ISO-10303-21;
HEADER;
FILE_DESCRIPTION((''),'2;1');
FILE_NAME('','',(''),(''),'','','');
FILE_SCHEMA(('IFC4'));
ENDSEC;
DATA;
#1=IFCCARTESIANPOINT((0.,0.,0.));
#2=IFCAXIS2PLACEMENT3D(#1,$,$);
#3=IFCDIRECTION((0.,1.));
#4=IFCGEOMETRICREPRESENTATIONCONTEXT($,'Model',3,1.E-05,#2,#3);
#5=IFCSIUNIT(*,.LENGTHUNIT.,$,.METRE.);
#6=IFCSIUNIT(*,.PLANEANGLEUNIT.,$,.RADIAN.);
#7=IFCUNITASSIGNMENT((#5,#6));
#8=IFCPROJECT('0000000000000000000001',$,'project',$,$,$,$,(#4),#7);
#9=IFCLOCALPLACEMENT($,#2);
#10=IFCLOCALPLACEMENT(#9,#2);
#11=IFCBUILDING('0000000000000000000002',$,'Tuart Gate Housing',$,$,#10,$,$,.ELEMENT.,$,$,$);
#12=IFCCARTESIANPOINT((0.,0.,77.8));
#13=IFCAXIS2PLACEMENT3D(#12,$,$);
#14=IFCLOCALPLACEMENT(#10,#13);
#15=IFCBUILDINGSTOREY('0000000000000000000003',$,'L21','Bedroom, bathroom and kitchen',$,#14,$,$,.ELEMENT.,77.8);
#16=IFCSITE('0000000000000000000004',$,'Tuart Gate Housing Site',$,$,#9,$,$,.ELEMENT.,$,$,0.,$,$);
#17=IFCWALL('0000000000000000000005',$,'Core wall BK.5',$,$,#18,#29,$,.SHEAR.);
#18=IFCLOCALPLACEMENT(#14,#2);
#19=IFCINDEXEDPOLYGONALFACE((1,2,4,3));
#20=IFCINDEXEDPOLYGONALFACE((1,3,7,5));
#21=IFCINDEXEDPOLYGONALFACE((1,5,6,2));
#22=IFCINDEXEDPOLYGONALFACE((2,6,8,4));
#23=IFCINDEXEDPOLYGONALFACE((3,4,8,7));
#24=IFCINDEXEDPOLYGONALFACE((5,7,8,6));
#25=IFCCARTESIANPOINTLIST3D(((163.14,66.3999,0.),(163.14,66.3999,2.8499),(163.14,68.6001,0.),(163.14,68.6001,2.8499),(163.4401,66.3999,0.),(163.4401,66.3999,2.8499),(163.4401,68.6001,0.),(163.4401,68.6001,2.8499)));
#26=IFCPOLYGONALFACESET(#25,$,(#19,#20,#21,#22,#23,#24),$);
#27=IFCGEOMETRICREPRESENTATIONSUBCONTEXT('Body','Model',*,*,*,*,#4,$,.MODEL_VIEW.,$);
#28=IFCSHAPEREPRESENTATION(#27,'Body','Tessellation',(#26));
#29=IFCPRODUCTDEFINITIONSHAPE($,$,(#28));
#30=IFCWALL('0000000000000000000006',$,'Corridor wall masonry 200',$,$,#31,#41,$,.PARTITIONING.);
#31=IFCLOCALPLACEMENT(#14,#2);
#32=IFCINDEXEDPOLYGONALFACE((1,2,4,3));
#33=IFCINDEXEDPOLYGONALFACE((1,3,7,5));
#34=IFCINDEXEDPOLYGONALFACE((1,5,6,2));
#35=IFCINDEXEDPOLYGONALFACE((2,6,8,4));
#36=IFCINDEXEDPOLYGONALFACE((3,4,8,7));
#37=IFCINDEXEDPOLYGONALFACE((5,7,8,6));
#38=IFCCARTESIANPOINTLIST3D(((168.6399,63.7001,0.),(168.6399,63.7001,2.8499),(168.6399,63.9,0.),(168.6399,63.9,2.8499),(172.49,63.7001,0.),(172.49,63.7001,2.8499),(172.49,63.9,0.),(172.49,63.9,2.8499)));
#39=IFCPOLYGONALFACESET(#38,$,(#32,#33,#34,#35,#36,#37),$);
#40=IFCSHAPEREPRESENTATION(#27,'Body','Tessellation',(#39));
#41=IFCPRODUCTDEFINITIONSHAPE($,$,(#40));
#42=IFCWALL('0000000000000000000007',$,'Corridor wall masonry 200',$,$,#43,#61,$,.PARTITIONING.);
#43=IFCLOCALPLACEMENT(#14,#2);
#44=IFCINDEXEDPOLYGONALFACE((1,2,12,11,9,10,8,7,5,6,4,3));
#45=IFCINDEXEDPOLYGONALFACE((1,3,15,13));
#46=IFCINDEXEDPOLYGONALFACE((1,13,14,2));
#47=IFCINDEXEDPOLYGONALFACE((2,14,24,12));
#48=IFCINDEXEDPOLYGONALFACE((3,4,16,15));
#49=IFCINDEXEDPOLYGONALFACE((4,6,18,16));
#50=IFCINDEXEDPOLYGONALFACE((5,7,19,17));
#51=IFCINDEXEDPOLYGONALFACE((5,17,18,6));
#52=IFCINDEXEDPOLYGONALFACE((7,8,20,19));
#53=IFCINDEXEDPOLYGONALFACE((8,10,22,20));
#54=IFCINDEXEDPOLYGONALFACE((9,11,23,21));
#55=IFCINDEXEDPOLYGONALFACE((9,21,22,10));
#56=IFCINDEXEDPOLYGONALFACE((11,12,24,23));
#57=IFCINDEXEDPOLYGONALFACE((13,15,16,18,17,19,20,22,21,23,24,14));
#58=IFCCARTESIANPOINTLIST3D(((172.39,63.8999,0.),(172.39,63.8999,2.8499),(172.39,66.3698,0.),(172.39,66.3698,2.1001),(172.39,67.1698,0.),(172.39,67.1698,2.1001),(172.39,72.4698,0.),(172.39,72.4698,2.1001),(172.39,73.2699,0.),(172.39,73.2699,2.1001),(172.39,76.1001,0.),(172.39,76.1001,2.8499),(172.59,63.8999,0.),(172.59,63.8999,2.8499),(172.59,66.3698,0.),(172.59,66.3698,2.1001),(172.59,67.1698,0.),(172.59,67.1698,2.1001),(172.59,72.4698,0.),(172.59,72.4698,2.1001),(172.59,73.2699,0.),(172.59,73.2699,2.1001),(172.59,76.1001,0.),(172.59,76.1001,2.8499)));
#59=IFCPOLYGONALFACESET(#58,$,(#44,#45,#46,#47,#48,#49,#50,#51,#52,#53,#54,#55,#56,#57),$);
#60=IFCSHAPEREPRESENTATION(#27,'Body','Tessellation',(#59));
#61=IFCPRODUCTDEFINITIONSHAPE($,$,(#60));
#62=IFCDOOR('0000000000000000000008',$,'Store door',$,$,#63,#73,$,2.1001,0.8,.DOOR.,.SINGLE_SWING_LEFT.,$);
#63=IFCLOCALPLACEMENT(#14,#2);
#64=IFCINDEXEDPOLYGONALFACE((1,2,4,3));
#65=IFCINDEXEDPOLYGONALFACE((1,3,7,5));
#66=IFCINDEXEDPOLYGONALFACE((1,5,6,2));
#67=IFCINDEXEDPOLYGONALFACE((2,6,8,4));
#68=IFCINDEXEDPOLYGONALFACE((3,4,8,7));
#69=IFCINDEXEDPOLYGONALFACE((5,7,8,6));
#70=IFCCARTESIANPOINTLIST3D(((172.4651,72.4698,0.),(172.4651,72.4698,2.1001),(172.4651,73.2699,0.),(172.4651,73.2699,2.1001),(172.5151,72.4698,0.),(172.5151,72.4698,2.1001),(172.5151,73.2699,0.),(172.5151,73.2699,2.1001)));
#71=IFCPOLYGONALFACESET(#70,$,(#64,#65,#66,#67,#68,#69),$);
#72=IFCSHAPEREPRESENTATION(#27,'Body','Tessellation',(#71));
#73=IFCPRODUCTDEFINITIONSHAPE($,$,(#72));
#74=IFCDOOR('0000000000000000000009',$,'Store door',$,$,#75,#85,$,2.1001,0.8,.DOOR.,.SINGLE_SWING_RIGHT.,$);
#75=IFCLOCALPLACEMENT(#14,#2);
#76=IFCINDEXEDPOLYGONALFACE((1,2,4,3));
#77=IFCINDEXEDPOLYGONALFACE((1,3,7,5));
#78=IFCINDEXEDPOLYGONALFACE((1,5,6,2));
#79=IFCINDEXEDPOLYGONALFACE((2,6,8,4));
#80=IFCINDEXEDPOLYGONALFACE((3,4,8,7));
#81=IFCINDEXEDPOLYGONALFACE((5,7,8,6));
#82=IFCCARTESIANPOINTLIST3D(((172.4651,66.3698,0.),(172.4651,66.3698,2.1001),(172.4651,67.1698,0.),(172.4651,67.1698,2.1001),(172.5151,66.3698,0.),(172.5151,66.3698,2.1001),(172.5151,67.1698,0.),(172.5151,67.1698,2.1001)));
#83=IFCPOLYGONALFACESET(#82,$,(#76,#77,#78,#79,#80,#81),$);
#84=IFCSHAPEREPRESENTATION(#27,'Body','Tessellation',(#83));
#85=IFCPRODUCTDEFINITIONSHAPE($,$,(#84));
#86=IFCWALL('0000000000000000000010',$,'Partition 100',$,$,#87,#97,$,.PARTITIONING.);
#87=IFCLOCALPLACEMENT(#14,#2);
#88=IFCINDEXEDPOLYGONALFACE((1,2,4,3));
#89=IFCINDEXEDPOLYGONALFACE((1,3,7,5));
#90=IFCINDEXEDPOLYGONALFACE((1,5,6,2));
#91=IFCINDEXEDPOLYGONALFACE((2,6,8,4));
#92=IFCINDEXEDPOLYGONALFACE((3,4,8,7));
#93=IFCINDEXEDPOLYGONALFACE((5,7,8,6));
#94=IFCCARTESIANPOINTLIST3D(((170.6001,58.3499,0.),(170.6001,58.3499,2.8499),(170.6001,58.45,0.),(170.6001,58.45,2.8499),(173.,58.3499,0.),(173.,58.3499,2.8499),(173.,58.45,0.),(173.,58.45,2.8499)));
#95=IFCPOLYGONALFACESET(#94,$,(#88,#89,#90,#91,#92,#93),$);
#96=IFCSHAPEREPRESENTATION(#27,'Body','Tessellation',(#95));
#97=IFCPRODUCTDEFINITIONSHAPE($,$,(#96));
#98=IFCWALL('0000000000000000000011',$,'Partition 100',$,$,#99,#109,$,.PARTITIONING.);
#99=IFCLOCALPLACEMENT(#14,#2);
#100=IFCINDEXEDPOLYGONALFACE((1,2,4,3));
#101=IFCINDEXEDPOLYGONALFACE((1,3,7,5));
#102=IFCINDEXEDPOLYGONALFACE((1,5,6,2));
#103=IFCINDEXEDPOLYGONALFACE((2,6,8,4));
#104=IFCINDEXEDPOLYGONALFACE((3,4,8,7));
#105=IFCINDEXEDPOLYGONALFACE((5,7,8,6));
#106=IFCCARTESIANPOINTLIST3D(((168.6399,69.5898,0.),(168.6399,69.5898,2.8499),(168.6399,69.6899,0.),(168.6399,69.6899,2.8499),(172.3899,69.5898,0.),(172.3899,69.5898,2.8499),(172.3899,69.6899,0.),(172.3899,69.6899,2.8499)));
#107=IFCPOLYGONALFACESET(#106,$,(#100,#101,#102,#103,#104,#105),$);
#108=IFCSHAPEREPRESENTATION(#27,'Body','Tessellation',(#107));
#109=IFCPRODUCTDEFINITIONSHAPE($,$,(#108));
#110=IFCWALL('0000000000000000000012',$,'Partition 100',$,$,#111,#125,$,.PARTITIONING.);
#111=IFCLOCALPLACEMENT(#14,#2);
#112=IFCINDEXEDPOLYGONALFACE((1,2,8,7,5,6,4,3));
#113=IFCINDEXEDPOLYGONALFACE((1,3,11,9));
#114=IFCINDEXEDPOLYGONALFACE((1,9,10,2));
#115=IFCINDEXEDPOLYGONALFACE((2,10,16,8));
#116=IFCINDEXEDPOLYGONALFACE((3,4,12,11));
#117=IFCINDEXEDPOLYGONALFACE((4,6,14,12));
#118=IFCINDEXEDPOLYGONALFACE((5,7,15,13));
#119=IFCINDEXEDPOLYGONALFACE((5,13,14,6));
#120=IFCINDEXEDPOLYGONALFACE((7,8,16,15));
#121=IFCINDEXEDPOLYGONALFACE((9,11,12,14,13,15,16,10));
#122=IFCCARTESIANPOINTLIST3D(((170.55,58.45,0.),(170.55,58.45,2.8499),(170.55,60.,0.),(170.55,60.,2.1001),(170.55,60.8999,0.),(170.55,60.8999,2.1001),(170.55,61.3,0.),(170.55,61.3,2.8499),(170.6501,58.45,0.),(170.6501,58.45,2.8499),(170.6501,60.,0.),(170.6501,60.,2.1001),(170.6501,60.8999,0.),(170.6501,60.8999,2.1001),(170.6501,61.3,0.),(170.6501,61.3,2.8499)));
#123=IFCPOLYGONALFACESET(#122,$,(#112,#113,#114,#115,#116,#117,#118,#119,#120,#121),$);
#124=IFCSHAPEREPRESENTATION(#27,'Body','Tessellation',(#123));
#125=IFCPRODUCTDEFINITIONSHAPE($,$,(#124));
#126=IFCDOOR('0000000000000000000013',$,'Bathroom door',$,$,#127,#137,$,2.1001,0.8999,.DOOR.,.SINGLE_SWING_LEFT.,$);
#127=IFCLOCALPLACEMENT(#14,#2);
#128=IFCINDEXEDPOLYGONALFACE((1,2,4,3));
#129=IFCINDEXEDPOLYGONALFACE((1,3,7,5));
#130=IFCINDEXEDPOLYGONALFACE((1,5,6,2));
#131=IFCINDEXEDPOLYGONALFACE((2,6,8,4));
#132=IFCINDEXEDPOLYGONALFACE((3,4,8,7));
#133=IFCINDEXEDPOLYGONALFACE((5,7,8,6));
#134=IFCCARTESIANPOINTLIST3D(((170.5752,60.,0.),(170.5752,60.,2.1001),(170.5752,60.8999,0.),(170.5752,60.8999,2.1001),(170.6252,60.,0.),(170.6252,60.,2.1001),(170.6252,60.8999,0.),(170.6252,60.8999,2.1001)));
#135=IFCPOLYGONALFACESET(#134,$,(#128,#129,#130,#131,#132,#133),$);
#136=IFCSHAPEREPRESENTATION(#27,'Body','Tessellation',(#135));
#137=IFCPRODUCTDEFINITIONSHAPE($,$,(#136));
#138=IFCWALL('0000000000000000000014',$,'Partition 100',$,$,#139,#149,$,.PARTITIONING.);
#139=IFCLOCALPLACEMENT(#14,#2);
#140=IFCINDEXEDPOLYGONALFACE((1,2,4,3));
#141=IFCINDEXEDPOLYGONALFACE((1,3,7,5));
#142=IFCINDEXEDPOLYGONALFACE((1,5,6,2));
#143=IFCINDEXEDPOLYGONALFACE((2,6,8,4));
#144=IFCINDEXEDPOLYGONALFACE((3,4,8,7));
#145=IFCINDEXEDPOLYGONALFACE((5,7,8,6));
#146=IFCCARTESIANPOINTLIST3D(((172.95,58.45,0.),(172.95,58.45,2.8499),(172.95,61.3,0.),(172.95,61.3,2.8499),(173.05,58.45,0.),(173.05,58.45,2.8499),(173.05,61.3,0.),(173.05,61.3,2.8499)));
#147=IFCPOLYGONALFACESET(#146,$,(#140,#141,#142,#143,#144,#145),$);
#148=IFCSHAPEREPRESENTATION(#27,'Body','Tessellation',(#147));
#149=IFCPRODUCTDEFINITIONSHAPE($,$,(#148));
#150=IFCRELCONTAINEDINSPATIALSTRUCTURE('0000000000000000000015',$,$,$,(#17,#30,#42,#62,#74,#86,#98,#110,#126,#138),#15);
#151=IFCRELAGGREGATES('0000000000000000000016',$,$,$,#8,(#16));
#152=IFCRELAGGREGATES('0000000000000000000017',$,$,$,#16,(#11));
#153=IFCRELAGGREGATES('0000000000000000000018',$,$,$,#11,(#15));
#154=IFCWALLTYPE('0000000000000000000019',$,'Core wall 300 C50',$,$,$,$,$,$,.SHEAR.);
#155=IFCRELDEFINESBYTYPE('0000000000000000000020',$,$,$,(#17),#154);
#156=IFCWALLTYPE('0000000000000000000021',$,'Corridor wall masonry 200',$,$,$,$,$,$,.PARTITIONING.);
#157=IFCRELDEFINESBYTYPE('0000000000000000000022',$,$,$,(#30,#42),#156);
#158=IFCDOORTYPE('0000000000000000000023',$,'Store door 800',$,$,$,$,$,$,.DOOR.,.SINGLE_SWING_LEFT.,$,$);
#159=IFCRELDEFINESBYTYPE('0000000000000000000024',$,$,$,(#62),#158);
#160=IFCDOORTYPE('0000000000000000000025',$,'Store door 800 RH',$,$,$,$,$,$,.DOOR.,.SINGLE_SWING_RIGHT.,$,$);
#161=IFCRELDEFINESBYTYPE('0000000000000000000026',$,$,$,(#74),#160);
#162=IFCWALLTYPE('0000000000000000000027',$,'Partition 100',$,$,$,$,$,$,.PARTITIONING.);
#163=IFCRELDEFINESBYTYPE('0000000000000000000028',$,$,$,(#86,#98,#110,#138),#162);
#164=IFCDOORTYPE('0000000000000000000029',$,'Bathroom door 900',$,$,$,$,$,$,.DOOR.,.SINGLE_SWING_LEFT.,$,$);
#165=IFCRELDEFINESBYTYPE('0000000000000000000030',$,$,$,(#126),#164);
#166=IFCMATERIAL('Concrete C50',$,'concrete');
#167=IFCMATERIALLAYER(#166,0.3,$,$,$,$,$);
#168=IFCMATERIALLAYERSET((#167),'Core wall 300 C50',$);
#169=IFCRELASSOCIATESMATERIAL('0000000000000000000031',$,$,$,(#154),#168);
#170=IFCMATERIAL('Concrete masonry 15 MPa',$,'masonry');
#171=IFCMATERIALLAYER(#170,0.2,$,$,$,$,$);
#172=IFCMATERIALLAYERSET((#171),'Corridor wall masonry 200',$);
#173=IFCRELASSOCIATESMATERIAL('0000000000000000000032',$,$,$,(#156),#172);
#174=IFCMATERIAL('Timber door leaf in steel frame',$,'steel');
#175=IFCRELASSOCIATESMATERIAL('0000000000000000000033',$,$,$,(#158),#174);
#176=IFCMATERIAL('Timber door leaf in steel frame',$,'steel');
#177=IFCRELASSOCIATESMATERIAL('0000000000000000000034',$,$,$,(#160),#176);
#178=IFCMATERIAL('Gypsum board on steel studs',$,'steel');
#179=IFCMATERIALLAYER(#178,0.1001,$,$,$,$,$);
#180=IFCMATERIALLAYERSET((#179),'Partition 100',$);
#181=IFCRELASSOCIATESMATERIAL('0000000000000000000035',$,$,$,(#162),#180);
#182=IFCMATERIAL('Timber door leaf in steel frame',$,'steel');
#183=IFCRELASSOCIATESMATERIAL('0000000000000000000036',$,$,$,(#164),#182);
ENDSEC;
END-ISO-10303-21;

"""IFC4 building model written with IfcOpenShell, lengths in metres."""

from ifc_helpers import new_model, si_unit, direction, frame, frame_2d, origin, place, context, subcontext, project, spatial, rectangle, extrude, material, layer, layer_set, type_object, element, fill, save


model = new_model("IFC4")

# Units and contexts
model_context = context("Model", 3, precision=1e-05, world=origin(), true_north=direction((0.0, 1.0)))
body_context = subcontext(model_context, "Body", "Model", "MODEL_VIEW")
ifc_project = project(units=[si_unit("LENGTHUNIT", "METRE"), si_unit("PLANEANGLEUNIT", "RADIAN")], contexts=[model_context])

# Site, building, storey
site_placement = place(None, origin())
site = spatial("IfcSite", under=ifc_project, at=site_placement, Name="Tuart Gate Housing Site", CompositionType="ELEMENT", RefElevation=0.0)
building_placement = place(site_placement, origin())
building = spatial("IfcBuilding", under=site, at=building_placement, Name="Tuart Gate Housing", CompositionType="ELEMENT")
storey_placement = place(building_placement, frame((0.0, 0.0, 77.8)))
storey = spatial("IfcBuildingStorey", under=building, at=storey_placement, Name="L21", Description="Bedroom, bathroom and kitchen", CompositionType="ELEMENT", Elevation=77.8)

# Walls
ifc_material_1 = material(Name="Concrete C50", Category="concrete")
ifc_layer_1 = layer(ifc_material_1, 0.3)
ifc_layer_set_1 = layer_set([ifc_layer_1], Name="Core wall 300 C50")
wall_type_1 = type_object("IfcWallType", Name="Core wall 300 C50", PredefinedType="SHEAR", material=ifc_layer_set_1)
wall_1_placement = place(storey_placement, frame((163.29, 68.6001, 0.0), z_axis=(0.0, 0.0, 1.0), x_axis=(0.0, -1.0, 0.0)))
element("IfcWall", 1, at=wall_1_placement, inside=storey, type_object=wall_type_1, Name="Core wall BK.5", PredefinedType="SHEAR", context=body_context, shape_type="SweptSolid", body=[
    extrude(rectangle(XDim=2.2002, YDim=0.3, at=frame_2d((1.1001, 0.0))), origin(), (0.0, 0.0, 1.0), 2.8499),
])
ifc_material_2 = material(Name="Concrete masonry 15 MPa", Category="masonry")
ifc_layer_2 = layer(ifc_material_2, 0.2)
ifc_layer_set_2 = layer_set([ifc_layer_2], Name="Corridor wall masonry 200")
wall_type_2 = type_object("IfcWallType", Name="Corridor wall masonry 200", PredefinedType="PARTITIONING", material=ifc_layer_set_2)
wall_2_placement = place(storey_placement, frame((168.6399, 63.8, 0.0), z_axis=(0.0, 0.0, 1.0), x_axis=(1.0, 0.0, 0.0)))
element("IfcWall", 2, at=wall_2_placement, inside=storey, type_object=wall_type_2, Name="Corridor wall masonry 200", PredefinedType="PARTITIONING", context=body_context, shape_type="SweptSolid", body=[
    extrude(rectangle(XDim=3.8501, YDim=0.2, at=frame_2d((1.925, 0.0))), origin(), (0.0, 0.0, 1.0), 2.8499),
])

# Wall, openings, doors
wall_3_placement = place(storey_placement, frame((172.49, 63.8999, 0.0), z_axis=(0.0, 0.0, 1.0), x_axis=(0.0, 1.0, 0.0)))
wall_3 = element("IfcWall", 3, at=wall_3_placement, inside=storey, type_object=wall_type_2, Name="Corridor wall masonry 200", PredefinedType="PARTITIONING", context=body_context, shape_type="SweptSolid", body=[
    extrude(rectangle(XDim=12.2002, YDim=0.2, at=frame_2d((6.1001, 0.0))), origin(), (0.0, 0.0, 1.0), 2.8499),
])
opening_1_placement = place(wall_3_placement, frame((2.47, 0.0, 0.0)))
opening_1 = element("IfcOpeningElement", 4, at=opening_1_placement, cuts=wall_3, PredefinedType="OPENING", context=body_context, shape_type="SweptSolid", body=[
    extrude(rectangle(XDim=0.8, YDim=2.1001, at=frame_2d((0.3999, 1.05))), frame((0.0, 0.1099, 0.0), z_axis=(0.0, -1.0, 0.0), x_axis=(1.0, 0.0, 0.0)), (0.0, 0.0, 1.0), 0.22),
])
opening_2_placement = place(wall_3_placement, frame((8.5701, 0.0, 0.0)))
opening_2 = element("IfcOpeningElement", 5, at=opening_2_placement, cuts=wall_3, PredefinedType="OPENING", context=body_context, shape_type="SweptSolid", body=[
    extrude(rectangle(XDim=0.8, YDim=2.1001, at=frame_2d((0.3999, 1.05))), frame((0.0, 0.1099, 0.0), z_axis=(0.0, -1.0, 0.0), x_axis=(1.0, 0.0, 0.0)), (0.0, 0.0, 1.0), 0.22),
])
ifc_material_3 = material(Name="Timber door leaf in steel frame", Category="steel")
door_type_1 = type_object("IfcDoorType", Name="Store door 800", OperationType="SINGLE_SWING_LEFT", PredefinedType="DOOR", material=ifc_material_3)
door_1_placement = place(opening_2_placement, origin())
door_1 = element("IfcDoor", 6, at=door_1_placement, inside=storey, type_object=door_type_1, Name="Store door", OperationType="SINGLE_SWING_LEFT", OverallHeight=2.1001, OverallWidth=0.8, PredefinedType="DOOR", context=body_context, shape_type="SweptSolid", body=[
    extrude(rectangle(XDim=0.8, YDim=2.1001, at=frame_2d((0.3999, 1.05))), frame((0.0, 0.0249, 0.0), z_axis=(0.0, -1.0, 0.0), x_axis=(1.0, 0.0, 0.0)), (0.0, 0.0, 1.0), 0.05),
])
fill(opening_2, door_1)
ifc_material_4 = material(Name="Timber door leaf in steel frame", Category="steel")
door_type_2 = type_object("IfcDoorType", Name="Store door 800 RH", OperationType="SINGLE_SWING_RIGHT", PredefinedType="DOOR", material=ifc_material_4)
door_2_placement = place(opening_1_placement, origin())
door_2 = element("IfcDoor", 7, at=door_2_placement, inside=storey, type_object=door_type_2, Name="Store door", OperationType="SINGLE_SWING_RIGHT", OverallHeight=2.1001, OverallWidth=0.8, PredefinedType="DOOR", context=body_context, shape_type="SweptSolid", body=[
    extrude(rectangle(XDim=0.8, YDim=2.1001, at=frame_2d((0.3999, 1.05))), frame((0.0, 0.0249, 0.0), z_axis=(0.0, -1.0, 0.0), x_axis=(1.0, 0.0, 0.0)), (0.0, 0.0, 1.0), 0.05),
])
fill(opening_1, door_2)

# Walls
ifc_material_5 = material(Name="Gypsum board on steel studs", Category="steel")
ifc_layer_3 = layer(ifc_material_5, 0.1001)
ifc_layer_set_3 = layer_set([ifc_layer_3], Name="Partition 100")
wall_type_3 = type_object("IfcWallType", Name="Partition 100", PredefinedType="PARTITIONING", material=ifc_layer_set_3)
wall_4_placement = place(storey_placement, frame((170.6001, 58.3999, 0.0), z_axis=(0.0, 0.0, 1.0), x_axis=(1.0, 0.0, 0.0)))
element("IfcWall", 8, at=wall_4_placement, inside=storey, type_object=wall_type_3, Name="Partition 100", PredefinedType="PARTITIONING", context=body_context, shape_type="SweptSolid", body=[
    extrude(rectangle(XDim=2.3999, YDim=0.1001, at=frame_2d((1.2, 0.0))), origin(), (0.0, 0.0, 1.0), 2.8499),
])
wall_5_placement = place(storey_placement, frame((168.6399, 69.6399, 0.0), z_axis=(0.0, 0.0, 1.0), x_axis=(1.0, 0.0, 0.0)))
element("IfcWall", 9, at=wall_5_placement, inside=storey, type_object=wall_type_3, Name="Partition 100", PredefinedType="PARTITIONING", context=body_context, shape_type="SweptSolid", body=[
    extrude(rectangle(XDim=3.75, YDim=0.1001, at=frame_2d((1.875, 0.0))), origin(), (0.0, 0.0, 1.0), 2.8499),
])

# Wall, opening, door
wall_6_placement = place(storey_placement, frame((170.6001, 58.45, 0.0), z_axis=(0.0, 0.0, 1.0), x_axis=(0.0, 1.0, 0.0)))
wall_6 = element("IfcWall", 10, at=wall_6_placement, inside=storey, type_object=wall_type_3, Name="Partition 100", PredefinedType="PARTITIONING", context=body_context, shape_type="SweptSolid", body=[
    extrude(rectangle(XDim=2.8501, YDim=0.1001, at=frame_2d((1.425, 0.0))), origin(), (0.0, 0.0, 1.0), 2.8499),
])
opening_3_placement = place(wall_6_placement, frame((1.55, 0.0, 0.0)))
opening_3 = element("IfcOpeningElement", 11, at=opening_3_placement, cuts=wall_6, PredefinedType="OPENING", context=body_context, shape_type="SweptSolid", body=[
    extrude(rectangle(XDim=0.8999, YDim=2.1001, at=frame_2d((0.45, 1.05))), frame((0.0, 0.0601, 0.0), z_axis=(0.0, -1.0, 0.0), x_axis=(1.0, 0.0, 0.0)), (0.0, 0.0, 1.0), 0.1201),
])
ifc_material_6 = material(Name="Timber door leaf in steel frame", Category="steel")
door_type_3 = type_object("IfcDoorType", Name="Bathroom door 900", OperationType="SINGLE_SWING_LEFT", PredefinedType="DOOR", material=ifc_material_6)
door_3_placement = place(opening_3_placement, frame((0.8999, 0.0, 0.0), z_axis=(0.0, 0.0, 1.0), x_axis=(-1.0, 0.0, 0.0)))
door_3 = element("IfcDoor", 12, at=door_3_placement, inside=storey, type_object=door_type_3, Name="Bathroom door", OperationType="SINGLE_SWING_LEFT", OverallHeight=2.1001, OverallWidth=0.8999, PredefinedType="DOOR", context=body_context, shape_type="SweptSolid", body=[
    extrude(rectangle(XDim=0.8999, YDim=2.1001, at=frame_2d((0.45, 1.05))), frame((0.0, 0.0251, 0.0), z_axis=(0.0, -1.0, 0.0), x_axis=(1.0, 0.0, 0.0)), (0.0, 0.0, 1.0), 0.05),
])
fill(opening_3, door_3)

# Wall
wall_7_placement = place(storey_placement, frame((173.0, 58.45, 0.0), z_axis=(0.0, 0.0, 1.0), x_axis=(0.0, 1.0, 0.0)))
element("IfcWall", 13, at=wall_7_placement, inside=storey, type_object=wall_type_3, Name="Partition 100", PredefinedType="PARTITIONING", context=body_context, shape_type="SweptSolid", body=[
    extrude(rectangle(XDim=2.8501, YDim=0.1001, at=frame_2d((1.425, 0.0))), origin(), (0.0, 0.0, 1.0), 2.8499),
])

save(model, "model.ifc")
